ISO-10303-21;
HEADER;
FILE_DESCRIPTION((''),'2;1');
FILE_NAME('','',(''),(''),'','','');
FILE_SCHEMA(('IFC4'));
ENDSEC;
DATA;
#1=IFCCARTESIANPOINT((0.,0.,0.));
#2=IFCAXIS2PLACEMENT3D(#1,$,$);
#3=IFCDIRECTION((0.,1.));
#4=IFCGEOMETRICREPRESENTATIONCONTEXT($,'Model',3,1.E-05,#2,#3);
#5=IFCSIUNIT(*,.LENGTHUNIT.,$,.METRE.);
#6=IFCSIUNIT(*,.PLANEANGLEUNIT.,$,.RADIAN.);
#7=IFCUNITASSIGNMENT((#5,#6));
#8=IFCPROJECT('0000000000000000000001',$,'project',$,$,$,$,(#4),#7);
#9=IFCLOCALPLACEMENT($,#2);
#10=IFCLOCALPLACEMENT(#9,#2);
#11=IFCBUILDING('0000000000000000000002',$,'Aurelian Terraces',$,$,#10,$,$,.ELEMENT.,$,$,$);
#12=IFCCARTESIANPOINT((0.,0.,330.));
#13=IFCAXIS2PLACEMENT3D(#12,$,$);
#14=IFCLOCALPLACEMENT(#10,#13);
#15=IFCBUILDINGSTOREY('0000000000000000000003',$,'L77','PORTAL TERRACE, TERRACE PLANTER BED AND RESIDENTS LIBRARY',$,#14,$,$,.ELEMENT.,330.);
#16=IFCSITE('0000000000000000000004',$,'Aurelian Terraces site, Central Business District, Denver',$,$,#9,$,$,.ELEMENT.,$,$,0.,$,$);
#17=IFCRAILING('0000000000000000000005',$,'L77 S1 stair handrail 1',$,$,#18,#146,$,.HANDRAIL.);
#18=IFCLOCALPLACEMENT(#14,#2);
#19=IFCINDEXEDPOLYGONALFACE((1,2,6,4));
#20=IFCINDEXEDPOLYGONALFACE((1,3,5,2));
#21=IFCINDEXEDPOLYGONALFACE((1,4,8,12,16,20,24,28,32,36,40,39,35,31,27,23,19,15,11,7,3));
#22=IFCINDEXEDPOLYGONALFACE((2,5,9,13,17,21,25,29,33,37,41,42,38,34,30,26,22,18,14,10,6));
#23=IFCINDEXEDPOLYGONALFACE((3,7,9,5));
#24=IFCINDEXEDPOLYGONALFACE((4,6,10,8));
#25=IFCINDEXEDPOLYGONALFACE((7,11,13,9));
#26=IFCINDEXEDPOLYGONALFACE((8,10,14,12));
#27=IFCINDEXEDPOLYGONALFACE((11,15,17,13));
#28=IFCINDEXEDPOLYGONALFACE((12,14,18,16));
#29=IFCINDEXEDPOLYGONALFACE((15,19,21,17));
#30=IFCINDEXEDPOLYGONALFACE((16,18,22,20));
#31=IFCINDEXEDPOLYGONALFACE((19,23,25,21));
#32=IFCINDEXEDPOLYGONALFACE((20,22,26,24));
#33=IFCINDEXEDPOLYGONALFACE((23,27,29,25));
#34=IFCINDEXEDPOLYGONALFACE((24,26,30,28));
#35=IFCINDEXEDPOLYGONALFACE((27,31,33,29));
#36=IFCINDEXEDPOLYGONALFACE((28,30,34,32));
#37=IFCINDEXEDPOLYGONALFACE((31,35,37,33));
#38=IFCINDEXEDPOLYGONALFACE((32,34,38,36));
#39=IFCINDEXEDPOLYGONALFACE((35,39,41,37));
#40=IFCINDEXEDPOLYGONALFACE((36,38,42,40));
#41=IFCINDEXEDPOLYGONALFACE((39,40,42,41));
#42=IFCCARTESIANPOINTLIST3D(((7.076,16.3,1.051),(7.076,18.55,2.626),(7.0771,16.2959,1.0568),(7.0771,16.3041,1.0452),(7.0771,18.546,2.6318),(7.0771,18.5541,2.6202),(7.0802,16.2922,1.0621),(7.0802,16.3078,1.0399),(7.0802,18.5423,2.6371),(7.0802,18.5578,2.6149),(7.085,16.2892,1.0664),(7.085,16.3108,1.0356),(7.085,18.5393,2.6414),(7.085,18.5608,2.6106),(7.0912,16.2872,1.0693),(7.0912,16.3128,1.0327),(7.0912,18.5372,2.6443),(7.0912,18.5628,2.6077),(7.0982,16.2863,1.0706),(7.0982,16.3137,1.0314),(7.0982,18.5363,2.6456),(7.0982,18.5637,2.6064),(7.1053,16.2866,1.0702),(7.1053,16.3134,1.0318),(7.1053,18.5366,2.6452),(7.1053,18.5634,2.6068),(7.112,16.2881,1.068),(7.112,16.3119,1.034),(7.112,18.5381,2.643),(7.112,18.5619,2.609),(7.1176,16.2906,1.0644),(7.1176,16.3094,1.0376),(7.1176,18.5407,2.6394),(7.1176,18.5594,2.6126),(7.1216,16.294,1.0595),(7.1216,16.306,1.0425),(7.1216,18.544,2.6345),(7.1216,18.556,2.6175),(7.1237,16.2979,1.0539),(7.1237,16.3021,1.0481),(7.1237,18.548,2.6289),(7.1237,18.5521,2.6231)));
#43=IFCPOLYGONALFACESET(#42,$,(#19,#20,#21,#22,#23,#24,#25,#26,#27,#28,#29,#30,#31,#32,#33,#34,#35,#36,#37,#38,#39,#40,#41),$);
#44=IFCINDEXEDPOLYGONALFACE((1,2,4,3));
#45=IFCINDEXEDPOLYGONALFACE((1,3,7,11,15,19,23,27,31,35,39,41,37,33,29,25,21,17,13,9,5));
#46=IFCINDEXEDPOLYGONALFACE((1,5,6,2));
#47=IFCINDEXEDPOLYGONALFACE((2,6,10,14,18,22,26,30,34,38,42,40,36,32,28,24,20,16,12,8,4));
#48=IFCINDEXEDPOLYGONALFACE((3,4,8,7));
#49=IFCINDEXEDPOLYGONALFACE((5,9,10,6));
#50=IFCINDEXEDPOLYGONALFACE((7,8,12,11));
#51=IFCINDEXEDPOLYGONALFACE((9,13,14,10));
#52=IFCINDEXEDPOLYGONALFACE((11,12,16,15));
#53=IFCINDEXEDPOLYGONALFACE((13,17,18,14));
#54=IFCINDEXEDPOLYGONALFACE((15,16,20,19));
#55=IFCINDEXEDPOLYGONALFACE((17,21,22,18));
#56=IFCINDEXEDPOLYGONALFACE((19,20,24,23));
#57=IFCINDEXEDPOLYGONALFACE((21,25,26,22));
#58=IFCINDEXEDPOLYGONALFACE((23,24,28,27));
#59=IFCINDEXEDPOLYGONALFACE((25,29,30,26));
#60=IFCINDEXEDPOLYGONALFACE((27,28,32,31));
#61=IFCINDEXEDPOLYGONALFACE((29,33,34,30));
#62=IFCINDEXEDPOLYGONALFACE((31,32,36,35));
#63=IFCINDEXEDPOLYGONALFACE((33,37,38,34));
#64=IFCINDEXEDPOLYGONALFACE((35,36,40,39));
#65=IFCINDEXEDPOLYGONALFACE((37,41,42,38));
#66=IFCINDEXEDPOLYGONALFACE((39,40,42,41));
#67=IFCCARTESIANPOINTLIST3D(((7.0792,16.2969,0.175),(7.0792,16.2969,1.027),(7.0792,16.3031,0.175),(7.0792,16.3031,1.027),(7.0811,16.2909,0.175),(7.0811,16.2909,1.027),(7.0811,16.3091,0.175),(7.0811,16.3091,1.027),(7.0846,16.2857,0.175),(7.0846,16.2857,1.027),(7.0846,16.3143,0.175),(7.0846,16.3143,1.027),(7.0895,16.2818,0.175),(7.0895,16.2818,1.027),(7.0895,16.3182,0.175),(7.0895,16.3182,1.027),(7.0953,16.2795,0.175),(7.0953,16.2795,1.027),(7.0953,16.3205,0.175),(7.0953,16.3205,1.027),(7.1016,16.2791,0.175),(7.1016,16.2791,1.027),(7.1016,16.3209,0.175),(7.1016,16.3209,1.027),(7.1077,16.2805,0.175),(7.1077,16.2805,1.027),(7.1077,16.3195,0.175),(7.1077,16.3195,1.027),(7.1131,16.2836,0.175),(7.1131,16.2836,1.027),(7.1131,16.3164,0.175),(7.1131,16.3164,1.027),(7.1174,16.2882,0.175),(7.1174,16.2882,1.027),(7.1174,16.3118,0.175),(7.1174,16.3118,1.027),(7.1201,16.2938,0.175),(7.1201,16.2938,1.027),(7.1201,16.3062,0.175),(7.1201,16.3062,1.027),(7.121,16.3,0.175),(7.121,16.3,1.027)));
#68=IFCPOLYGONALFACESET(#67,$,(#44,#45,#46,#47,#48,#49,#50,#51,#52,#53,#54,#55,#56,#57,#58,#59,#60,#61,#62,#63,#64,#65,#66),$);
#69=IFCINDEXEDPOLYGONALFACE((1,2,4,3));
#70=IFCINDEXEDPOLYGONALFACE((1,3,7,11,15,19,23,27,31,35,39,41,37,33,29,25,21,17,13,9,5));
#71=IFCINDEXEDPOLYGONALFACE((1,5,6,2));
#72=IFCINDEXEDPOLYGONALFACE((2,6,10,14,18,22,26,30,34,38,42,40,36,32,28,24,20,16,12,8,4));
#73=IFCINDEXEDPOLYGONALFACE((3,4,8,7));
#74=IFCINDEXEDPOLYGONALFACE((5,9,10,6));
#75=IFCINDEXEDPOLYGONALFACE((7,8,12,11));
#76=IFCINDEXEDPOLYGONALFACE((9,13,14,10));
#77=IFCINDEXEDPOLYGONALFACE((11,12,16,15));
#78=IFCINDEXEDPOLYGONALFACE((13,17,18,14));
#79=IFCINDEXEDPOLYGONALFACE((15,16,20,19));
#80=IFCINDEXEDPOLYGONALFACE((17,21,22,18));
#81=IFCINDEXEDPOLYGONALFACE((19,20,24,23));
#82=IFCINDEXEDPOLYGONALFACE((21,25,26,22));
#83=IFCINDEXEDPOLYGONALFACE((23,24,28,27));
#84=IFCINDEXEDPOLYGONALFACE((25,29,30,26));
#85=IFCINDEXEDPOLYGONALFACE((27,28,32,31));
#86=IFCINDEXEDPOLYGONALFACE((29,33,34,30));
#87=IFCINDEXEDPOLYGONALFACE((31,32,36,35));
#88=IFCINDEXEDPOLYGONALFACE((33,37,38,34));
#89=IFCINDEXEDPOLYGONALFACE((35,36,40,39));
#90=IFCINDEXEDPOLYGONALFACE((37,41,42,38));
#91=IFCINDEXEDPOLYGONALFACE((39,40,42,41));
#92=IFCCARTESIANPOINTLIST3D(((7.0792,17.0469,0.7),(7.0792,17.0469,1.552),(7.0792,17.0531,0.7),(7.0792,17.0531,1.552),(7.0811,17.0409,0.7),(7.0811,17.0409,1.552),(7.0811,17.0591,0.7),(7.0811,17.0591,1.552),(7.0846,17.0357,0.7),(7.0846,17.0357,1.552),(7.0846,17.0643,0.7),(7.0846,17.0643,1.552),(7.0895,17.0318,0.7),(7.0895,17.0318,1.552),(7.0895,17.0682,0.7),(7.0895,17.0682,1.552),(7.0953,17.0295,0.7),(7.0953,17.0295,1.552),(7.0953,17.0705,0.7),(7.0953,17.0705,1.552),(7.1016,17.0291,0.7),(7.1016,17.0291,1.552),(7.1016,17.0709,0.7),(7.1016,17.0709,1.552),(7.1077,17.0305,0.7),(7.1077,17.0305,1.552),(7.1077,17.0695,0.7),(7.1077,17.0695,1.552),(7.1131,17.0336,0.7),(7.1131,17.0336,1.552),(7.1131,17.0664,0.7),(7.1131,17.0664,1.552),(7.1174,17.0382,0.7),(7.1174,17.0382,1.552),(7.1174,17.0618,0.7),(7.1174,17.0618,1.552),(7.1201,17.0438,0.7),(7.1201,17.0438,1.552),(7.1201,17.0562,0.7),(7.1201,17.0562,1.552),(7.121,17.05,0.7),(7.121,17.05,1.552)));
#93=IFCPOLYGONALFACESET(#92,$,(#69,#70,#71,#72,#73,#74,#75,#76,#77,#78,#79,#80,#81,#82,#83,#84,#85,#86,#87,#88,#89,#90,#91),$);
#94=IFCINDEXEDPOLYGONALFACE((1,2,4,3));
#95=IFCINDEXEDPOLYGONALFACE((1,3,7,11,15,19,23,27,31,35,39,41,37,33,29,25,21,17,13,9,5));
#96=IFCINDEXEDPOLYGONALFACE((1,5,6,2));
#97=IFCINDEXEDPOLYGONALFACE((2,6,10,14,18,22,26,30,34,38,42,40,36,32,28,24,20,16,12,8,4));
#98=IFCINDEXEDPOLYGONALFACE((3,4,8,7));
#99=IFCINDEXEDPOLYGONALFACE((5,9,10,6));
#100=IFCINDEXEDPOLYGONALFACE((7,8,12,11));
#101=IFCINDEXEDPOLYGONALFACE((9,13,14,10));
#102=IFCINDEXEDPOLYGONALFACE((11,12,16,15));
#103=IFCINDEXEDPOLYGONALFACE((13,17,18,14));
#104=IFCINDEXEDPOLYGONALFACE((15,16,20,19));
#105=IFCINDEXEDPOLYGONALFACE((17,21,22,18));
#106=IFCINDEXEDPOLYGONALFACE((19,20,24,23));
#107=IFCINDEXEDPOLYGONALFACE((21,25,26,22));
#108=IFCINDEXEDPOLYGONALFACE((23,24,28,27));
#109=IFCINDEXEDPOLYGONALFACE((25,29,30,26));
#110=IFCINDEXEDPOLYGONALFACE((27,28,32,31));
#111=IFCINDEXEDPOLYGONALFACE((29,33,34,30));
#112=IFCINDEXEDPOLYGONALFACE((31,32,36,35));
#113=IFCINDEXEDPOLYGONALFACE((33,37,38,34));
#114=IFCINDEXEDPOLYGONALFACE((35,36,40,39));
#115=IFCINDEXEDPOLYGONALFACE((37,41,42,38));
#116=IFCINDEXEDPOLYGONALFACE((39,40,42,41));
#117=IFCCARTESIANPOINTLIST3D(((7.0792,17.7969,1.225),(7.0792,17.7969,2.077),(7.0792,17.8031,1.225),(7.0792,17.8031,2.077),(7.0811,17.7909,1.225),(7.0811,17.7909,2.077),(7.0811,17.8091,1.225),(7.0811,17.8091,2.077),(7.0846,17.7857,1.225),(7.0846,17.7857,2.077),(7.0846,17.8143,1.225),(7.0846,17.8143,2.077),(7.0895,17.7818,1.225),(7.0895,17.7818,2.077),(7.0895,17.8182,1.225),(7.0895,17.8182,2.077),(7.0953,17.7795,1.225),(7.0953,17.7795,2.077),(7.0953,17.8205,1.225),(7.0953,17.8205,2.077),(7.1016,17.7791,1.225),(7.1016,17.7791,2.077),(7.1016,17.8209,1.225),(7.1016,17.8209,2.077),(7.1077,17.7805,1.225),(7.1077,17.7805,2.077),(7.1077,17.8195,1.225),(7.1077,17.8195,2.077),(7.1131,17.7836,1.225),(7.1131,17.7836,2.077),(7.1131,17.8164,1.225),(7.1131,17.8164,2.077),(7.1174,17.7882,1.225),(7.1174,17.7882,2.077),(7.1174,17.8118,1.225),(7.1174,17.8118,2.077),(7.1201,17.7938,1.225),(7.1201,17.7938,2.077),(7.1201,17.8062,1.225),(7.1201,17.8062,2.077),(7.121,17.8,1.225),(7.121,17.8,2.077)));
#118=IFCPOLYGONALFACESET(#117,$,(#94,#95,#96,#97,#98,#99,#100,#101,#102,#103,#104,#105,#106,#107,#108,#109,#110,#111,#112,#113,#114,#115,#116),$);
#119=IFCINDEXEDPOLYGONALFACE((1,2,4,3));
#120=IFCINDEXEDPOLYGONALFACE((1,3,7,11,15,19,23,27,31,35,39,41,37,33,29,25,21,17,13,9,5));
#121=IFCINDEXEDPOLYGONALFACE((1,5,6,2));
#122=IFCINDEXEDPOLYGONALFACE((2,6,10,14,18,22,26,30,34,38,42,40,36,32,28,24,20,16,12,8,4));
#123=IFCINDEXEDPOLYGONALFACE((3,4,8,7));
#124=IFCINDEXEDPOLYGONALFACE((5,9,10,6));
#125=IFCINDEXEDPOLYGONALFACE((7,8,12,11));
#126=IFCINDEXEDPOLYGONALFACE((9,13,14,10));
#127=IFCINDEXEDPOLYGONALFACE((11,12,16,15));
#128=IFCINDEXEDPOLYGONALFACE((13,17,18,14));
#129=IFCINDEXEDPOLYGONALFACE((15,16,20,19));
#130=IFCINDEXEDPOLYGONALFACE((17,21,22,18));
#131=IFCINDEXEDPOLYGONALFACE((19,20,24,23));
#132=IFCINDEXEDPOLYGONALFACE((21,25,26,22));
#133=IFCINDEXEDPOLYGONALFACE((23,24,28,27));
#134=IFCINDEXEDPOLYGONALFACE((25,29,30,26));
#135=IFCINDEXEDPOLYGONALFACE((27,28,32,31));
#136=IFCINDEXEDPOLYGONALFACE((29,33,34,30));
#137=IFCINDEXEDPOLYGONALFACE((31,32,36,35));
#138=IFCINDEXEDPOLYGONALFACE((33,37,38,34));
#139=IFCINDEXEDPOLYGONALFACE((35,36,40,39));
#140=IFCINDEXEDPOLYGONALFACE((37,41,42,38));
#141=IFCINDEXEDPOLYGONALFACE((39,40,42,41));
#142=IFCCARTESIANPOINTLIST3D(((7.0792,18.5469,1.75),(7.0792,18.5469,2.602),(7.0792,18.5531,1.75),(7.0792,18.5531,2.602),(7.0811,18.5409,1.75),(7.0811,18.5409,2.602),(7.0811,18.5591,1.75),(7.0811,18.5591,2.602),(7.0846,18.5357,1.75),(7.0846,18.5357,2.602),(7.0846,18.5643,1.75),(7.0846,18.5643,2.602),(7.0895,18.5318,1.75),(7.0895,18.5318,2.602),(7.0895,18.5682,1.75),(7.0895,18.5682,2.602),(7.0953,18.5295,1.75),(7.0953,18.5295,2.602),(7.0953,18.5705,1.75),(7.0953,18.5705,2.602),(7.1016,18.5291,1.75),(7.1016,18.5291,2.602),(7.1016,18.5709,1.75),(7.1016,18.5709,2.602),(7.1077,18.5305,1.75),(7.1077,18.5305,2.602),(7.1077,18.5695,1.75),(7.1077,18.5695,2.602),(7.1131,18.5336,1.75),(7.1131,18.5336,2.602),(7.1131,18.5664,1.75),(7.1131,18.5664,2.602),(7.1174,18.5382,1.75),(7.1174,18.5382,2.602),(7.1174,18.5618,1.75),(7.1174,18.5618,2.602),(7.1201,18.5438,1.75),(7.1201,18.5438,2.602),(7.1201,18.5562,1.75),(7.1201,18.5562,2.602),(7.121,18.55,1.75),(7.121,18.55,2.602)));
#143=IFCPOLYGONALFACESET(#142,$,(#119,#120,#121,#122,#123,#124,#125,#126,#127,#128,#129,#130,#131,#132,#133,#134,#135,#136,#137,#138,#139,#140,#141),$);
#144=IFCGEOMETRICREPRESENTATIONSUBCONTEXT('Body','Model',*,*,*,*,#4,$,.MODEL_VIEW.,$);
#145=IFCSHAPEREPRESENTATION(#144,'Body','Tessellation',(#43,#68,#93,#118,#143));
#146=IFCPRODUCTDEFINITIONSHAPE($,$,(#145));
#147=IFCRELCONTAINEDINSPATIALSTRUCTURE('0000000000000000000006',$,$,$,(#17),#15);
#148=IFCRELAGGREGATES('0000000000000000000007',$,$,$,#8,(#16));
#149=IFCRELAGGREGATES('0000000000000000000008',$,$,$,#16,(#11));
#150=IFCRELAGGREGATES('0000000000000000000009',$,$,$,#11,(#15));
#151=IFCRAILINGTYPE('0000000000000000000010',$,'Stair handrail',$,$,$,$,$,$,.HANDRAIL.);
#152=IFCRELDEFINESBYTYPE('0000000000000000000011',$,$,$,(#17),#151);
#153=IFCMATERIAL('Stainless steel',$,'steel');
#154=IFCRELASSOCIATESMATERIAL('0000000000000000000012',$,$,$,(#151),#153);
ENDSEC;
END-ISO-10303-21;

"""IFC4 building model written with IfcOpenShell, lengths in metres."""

from ifc_helpers import new_model, si_unit, direction, frame, origin, origin_2d, place, context, subcontext, project, spatial, circle, extrude, source, transform, mapped, material, type_object, element, save


model = new_model("IFC4")

# Units and contexts
model_context = context("Model", 3, precision=1e-05, world=origin(), true_north=direction((0.0, 1.0)))
body_context = subcontext(model_context, "Body", "Model", "MODEL_VIEW")
ifc_project = project(units=[si_unit("LENGTHUNIT", "METRE"), si_unit("PLANEANGLEUNIT", "RADIAN")], contexts=[model_context])

# Site, building, storey
site_placement = place(None, origin())
site = spatial("IfcSite", under=ifc_project, at=site_placement, Name="Aurelian Terraces site, Central Business District, Denver", CompositionType="ELEMENT", RefElevation=0.0)
building_placement = place(site_placement, origin())
building = spatial("IfcBuilding", under=site, at=building_placement, Name="Aurelian Terraces", CompositionType="ELEMENT")
storey_placement = place(building_placement, frame((0.0, 0.0, 330.0)))
storey = spatial("IfcBuildingStorey", under=building, at=storey_placement, Name="L77", Description="PORTAL TERRACE, TERRACE PLANTER BED AND RESIDENTS LIBRARY", CompositionType="ELEMENT", Elevation=330.0)

# Railing
ifc_material_1 = material(Name="Stainless steel", Category="steel")
railing_type_1 = type_object("IfcRailingType", Name="Stair handrail", PredefinedType="HANDRAIL", material=ifc_material_1)
shared_shape_1 = source(origin(), body_context, "Body", "SweptSolid", [
    extrude(circle(Radius=0.024, at=origin_2d()), frame((0.0, 0.0, 0.876), z_axis=(0.0, 0.819232, 0.573462), x_axis=(-1.0, 0.0, 0.0)), (0.0, 0.0, 1.0), 2.7465),
    extrude(circle(Radius=0.021, at=origin_2d()), origin(), (0.0, 0.0, 1.0), 0.852),
    extrude(circle(Radius=0.021, at=origin_2d()), frame((0.0, 0.75, 0.525)), (0.0, 0.0, 1.0), 0.852),
    extrude(circle(Radius=0.021, at=origin_2d()), frame((0.0, 1.5, 1.05)), (0.0, 0.0, 1.0), 0.852),
    extrude(circle(Radius=0.021, at=origin_2d()), frame((0.0, 2.25, 1.575)), (0.0, 0.0, 1.0), 0.852),
])
railing_1_placement = place(storey_placement, frame((7.1, 16.3, 0.175)))
element("IfcRailing", 1, at=railing_1_placement, inside=storey, type_object=railing_type_1, Name="L77 S1 stair handrail 1", PredefinedType="HANDRAIL", context=body_context, shape_type="MappedRepresentation", body=[
    mapped(shared_shape_1, transform((0.0, 0.0, 0.0), scale=1.0)),
])

save(model, "model.ifc")
